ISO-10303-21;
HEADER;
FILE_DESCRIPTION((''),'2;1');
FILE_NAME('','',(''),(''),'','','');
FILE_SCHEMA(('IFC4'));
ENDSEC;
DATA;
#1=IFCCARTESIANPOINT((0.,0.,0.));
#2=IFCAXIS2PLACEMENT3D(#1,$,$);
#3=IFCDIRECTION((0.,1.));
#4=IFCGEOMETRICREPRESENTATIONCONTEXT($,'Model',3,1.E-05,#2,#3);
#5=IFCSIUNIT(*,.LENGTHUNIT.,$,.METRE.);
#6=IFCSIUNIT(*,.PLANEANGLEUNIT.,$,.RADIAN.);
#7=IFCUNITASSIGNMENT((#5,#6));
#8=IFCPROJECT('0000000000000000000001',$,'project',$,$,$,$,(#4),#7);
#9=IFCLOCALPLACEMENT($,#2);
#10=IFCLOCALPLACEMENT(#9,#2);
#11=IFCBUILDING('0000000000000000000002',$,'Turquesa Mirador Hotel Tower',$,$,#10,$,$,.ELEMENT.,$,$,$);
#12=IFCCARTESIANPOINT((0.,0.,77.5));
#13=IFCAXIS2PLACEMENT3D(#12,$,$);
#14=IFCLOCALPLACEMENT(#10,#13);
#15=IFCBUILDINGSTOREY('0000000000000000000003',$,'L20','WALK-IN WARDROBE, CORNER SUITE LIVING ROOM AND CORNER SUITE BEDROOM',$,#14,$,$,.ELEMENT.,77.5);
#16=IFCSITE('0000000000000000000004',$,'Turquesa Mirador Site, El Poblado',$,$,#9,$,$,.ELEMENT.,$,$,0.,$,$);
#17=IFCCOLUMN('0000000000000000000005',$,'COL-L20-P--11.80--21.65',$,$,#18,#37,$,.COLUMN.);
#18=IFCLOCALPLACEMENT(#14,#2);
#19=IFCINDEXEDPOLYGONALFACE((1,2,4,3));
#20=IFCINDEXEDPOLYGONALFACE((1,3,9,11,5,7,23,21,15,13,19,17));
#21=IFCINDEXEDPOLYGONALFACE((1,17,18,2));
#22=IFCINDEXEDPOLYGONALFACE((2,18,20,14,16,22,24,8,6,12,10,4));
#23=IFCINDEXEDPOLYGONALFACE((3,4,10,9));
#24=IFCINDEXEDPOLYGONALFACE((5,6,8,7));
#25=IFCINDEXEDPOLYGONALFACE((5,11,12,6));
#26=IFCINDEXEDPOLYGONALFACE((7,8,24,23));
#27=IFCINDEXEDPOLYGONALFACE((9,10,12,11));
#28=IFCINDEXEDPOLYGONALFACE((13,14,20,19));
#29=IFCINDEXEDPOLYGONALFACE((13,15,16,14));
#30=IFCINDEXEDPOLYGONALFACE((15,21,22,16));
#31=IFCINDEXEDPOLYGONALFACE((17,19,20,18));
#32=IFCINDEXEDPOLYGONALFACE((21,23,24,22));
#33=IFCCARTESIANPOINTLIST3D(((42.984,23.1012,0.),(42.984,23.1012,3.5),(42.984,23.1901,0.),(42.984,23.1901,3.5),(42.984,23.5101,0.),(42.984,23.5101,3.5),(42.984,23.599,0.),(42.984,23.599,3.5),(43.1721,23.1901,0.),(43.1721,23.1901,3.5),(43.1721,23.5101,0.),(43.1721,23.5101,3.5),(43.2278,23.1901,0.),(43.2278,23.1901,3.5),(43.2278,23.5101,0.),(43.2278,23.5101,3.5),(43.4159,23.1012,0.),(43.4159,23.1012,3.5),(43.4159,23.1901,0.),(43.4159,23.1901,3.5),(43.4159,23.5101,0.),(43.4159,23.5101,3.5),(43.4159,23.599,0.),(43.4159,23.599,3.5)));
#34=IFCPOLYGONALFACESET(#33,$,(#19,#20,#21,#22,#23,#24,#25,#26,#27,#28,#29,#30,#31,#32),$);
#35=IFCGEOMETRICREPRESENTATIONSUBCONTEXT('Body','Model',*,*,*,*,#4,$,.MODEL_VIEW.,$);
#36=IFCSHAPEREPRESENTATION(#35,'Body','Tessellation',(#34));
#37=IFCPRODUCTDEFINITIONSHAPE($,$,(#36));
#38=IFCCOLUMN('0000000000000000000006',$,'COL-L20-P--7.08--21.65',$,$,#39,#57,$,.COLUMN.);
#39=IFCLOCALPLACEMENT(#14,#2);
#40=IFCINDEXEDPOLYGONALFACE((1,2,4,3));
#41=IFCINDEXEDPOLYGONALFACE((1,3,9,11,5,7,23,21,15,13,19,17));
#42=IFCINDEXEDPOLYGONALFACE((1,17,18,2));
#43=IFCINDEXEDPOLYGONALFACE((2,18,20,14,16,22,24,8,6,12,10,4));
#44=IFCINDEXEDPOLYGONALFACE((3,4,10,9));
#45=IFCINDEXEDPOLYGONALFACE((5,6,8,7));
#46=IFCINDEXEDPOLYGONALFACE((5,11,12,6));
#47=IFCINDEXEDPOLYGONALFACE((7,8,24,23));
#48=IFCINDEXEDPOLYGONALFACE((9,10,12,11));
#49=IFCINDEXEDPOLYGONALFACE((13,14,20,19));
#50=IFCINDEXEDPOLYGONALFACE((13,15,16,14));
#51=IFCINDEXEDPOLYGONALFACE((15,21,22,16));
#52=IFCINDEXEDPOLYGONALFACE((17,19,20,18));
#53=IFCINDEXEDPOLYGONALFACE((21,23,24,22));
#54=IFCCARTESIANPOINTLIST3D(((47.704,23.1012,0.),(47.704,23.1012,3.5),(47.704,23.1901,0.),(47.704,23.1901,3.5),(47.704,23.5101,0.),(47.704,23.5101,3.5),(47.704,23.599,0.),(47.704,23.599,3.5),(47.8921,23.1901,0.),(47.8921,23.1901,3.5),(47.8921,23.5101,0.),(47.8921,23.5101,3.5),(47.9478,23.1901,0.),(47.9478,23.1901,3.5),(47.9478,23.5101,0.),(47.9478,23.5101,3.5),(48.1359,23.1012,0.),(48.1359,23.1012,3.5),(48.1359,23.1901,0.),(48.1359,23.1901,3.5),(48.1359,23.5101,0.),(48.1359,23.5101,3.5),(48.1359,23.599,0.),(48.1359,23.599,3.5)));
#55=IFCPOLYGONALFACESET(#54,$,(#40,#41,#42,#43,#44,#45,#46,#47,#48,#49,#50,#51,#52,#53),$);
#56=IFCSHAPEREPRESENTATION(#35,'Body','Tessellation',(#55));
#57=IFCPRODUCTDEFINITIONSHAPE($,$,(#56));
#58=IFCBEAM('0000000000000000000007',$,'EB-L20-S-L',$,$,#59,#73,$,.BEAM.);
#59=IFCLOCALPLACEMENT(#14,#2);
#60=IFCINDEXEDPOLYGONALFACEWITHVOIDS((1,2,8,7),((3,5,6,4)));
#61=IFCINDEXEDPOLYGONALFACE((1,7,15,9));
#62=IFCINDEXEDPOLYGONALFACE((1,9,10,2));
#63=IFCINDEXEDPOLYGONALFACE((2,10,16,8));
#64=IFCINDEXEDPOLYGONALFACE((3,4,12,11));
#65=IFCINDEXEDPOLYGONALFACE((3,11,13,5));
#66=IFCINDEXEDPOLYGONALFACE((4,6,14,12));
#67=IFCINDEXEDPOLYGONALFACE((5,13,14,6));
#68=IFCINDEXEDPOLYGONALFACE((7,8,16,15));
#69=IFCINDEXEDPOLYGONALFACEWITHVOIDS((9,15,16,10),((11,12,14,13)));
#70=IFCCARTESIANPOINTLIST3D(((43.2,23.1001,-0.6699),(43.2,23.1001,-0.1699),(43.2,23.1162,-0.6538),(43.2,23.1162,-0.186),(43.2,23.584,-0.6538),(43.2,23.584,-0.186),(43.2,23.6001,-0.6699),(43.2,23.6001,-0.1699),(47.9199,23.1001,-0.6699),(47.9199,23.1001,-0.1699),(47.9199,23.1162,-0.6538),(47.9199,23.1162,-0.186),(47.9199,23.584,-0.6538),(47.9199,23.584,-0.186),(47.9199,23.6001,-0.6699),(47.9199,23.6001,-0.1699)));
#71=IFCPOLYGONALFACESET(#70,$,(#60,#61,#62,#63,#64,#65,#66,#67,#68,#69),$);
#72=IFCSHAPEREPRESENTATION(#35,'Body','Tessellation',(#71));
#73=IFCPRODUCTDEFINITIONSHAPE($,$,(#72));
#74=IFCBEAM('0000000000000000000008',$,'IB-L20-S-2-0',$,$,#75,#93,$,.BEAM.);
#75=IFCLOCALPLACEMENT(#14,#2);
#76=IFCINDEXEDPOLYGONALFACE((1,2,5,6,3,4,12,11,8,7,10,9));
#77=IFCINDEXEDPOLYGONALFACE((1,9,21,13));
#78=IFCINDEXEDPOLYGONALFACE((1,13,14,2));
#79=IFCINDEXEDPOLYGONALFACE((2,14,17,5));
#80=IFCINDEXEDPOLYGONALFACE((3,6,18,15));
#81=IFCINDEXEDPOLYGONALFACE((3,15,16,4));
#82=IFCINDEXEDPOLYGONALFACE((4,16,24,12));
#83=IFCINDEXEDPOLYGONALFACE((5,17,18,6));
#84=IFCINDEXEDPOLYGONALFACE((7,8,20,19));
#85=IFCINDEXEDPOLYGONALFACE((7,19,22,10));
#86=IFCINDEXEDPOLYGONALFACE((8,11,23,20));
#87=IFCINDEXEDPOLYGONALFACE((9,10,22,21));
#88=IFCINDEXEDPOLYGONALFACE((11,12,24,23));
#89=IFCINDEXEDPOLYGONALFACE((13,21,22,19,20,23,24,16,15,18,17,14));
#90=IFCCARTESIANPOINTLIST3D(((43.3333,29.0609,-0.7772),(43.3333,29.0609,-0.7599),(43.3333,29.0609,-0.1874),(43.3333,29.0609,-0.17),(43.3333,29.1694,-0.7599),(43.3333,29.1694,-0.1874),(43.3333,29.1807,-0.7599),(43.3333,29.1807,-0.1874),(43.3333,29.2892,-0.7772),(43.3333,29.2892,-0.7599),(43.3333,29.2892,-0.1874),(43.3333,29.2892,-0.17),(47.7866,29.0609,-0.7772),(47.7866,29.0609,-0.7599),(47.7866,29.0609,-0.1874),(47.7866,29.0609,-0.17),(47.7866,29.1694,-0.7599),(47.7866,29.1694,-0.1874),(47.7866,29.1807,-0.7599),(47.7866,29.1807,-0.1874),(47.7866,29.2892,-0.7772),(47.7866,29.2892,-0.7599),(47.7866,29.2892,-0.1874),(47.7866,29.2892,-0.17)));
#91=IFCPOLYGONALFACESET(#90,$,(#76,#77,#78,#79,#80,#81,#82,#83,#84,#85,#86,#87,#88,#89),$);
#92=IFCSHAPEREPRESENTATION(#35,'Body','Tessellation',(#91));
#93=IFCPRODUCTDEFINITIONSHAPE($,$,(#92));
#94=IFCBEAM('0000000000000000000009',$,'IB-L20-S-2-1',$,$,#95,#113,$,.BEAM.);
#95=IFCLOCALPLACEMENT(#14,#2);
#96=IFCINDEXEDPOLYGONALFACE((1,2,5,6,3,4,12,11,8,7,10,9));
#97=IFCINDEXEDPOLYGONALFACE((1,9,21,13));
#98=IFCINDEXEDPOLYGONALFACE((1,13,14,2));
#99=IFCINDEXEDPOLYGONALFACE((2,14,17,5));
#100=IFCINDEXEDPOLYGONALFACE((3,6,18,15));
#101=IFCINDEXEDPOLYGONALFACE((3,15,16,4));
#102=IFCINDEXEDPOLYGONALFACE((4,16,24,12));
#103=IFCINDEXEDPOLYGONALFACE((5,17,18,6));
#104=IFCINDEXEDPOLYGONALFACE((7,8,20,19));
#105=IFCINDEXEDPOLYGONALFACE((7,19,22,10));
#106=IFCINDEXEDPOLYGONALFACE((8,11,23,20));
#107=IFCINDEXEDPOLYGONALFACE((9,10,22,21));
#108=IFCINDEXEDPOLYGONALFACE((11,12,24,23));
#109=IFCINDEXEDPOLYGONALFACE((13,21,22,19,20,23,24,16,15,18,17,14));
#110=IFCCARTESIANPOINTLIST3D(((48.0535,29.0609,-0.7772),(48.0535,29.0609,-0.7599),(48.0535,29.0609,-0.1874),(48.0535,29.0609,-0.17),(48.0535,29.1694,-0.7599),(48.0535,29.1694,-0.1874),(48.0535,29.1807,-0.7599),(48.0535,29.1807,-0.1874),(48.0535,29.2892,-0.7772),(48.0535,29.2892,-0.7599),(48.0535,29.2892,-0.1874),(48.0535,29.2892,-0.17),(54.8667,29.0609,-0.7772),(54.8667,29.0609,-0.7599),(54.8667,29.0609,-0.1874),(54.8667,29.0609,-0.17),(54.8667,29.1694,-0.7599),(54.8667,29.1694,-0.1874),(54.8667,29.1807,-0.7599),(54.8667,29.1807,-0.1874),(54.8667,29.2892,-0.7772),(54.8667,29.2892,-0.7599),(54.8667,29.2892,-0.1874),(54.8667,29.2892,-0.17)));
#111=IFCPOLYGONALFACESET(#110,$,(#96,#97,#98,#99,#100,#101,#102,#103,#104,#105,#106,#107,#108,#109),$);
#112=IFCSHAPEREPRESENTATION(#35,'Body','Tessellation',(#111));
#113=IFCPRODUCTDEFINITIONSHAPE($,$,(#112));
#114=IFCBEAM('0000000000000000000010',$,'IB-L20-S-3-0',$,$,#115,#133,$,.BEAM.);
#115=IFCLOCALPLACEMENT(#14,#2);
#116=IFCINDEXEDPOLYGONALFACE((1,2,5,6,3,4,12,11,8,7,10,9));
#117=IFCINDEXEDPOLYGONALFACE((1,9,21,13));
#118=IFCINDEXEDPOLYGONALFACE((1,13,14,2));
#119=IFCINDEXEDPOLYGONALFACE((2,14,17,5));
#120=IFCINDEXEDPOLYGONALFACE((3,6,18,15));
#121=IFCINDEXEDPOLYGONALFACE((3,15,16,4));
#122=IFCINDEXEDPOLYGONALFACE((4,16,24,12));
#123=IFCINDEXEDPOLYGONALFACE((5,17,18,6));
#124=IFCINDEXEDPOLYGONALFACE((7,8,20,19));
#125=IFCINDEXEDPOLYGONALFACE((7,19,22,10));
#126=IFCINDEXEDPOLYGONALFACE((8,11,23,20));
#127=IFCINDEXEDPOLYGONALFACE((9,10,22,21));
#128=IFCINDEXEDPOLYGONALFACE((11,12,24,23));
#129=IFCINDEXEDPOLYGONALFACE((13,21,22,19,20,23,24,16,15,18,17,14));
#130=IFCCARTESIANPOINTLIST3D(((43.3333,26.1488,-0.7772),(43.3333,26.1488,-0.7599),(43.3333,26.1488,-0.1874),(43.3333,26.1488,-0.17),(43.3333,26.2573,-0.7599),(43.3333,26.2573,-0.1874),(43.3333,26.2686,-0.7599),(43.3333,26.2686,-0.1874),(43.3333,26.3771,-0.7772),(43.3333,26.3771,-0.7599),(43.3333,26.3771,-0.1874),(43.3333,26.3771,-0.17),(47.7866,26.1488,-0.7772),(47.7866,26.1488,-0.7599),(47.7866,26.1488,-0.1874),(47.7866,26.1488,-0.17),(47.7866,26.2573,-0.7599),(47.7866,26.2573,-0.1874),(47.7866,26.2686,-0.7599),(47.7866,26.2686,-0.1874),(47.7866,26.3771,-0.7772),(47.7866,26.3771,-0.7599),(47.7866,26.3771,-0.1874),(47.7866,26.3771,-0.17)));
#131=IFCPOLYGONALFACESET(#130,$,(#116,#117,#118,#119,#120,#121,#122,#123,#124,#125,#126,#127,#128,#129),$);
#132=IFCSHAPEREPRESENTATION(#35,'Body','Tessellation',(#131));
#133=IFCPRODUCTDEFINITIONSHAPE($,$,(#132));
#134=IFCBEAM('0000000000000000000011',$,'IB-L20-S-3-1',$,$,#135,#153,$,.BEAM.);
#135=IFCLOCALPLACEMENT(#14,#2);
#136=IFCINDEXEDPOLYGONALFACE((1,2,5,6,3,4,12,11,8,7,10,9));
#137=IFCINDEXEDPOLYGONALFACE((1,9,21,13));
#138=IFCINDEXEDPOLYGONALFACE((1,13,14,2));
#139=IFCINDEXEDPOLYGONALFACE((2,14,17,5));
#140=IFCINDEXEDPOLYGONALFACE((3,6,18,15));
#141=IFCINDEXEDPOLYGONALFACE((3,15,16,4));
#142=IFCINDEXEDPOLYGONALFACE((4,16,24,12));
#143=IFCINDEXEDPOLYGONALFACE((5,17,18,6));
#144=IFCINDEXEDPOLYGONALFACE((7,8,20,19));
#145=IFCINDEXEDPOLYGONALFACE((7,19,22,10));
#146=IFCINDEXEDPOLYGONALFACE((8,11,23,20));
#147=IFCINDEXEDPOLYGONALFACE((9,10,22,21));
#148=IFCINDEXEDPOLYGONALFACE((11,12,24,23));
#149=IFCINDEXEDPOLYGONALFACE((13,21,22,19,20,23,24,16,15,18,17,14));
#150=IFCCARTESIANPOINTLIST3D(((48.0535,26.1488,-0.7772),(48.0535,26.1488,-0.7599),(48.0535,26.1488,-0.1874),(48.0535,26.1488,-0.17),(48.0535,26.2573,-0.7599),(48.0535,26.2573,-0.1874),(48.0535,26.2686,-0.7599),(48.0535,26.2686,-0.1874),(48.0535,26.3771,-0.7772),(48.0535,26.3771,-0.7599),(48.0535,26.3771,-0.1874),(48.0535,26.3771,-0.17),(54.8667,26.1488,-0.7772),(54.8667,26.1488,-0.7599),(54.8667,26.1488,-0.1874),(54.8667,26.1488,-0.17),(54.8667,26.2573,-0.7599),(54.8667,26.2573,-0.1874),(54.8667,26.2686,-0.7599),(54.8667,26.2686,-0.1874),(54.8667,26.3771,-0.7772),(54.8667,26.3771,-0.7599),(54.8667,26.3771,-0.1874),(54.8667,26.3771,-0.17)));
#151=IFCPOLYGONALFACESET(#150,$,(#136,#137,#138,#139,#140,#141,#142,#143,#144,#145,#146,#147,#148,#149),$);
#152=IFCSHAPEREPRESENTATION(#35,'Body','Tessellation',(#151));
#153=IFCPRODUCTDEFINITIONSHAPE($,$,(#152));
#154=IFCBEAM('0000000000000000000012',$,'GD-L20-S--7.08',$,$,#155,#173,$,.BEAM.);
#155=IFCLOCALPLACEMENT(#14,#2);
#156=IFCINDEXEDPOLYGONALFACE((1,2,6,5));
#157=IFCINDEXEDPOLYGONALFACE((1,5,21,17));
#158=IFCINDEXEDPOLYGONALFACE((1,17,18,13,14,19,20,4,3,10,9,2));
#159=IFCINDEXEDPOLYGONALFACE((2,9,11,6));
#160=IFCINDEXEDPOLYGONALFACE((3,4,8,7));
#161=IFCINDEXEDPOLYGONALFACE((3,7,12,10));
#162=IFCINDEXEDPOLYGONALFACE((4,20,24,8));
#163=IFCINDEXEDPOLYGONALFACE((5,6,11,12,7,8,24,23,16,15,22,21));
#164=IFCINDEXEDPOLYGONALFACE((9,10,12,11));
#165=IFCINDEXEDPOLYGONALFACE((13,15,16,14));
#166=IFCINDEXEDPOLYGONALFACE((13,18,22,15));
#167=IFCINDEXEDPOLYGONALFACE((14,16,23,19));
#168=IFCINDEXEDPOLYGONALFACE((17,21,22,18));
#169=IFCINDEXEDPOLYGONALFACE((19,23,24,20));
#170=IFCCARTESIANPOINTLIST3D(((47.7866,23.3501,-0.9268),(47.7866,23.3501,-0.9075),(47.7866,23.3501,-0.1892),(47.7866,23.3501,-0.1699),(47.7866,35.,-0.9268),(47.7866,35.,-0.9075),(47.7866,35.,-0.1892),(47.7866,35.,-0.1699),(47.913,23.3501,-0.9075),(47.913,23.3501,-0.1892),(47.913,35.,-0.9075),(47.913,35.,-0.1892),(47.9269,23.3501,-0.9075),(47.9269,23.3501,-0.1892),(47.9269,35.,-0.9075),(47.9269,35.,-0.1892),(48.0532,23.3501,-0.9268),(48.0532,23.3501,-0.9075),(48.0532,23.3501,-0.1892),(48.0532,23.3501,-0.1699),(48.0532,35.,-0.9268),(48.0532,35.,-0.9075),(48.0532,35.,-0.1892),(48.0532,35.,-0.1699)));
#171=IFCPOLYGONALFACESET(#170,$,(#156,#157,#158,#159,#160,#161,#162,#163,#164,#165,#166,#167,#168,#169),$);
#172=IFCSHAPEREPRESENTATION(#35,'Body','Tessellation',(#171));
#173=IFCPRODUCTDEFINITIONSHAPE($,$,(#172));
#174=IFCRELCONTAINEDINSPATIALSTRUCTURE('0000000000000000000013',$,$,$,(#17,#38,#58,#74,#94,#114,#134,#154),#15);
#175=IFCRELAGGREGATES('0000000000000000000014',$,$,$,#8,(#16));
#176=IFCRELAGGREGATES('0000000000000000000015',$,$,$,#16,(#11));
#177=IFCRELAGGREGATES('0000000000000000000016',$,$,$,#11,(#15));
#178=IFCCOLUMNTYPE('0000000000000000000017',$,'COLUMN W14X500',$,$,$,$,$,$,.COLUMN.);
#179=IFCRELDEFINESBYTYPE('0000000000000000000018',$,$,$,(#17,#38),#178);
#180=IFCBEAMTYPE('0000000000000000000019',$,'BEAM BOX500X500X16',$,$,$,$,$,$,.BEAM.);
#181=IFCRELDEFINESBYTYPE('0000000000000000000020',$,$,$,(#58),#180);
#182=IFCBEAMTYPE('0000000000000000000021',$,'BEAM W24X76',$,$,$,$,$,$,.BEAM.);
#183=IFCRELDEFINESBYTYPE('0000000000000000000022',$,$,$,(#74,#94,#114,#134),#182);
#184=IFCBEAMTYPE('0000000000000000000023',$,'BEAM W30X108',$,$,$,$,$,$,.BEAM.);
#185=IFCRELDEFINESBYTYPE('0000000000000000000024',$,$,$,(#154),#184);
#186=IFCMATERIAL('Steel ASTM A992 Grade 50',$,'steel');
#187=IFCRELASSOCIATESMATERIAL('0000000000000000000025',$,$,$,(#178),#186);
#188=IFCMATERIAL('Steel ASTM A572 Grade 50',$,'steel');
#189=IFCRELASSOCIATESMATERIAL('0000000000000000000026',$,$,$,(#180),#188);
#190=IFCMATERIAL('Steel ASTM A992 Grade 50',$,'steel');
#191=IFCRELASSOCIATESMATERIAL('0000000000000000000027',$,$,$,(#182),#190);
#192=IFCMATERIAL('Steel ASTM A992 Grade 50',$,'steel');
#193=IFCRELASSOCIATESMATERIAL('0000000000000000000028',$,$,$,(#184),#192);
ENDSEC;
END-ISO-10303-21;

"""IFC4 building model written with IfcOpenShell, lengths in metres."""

from ifc_helpers import new_model, si_unit, direction, frame, origin, origin_2d, place, context, subcontext, project, spatial, hollow_rectangle, i_section, extrude, material, material_profile, profile_set, type_object, element, save


model = new_model("IFC4")

# Units and contexts
model_context = context("Model", 3, precision=1e-05, world=origin(), true_north=direction((0.0, 1.0)))
body_context = subcontext(model_context, "Body", "Model", "MODEL_VIEW")
ifc_project = project(units=[si_unit("LENGTHUNIT", "METRE"), si_unit("PLANEANGLEUNIT", "RADIAN")], contexts=[model_context])

# Site, building, storey
site_placement = place(None, origin())
site = spatial("IfcSite", under=ifc_project, at=site_placement, Name="Turquesa Mirador Site, El Poblado", CompositionType="ELEMENT", RefElevation=0.0)
building_placement = place(site_placement, origin())
building = spatial("IfcBuilding", under=site, at=building_placement, Name="Turquesa Mirador Hotel Tower", CompositionType="ELEMENT")
storey_placement = place(building_placement, frame((0.0, 0.0, 77.5)))
storey = spatial("IfcBuildingStorey", under=building, at=storey_placement, Name="L20", Description="WALK-IN WARDROBE, CORNER SUITE LIVING ROOM AND CORNER SUITE BEDROOM", CompositionType="ELEMENT", Elevation=77.5)

# Columns
ifc_material_1 = material(Name="Steel ASTM A992 Grade 50", Category="steel")
ifc_material_profile_1 = material_profile(ifc_material_1, i_section(OverallWidth=0.4319, OverallDepth=0.4978, WebThickness=0.0557, FlangeThickness=0.0889, at=origin_2d()), Name="W14X500")
ifc_profile_set_1 = profile_set([ifc_material_profile_1], Name="Steel ASTM A992 Grade 50")
column_type = type_object("IfcColumnType", Name="COLUMN W14X500", PredefinedType="COLUMN", material=ifc_profile_set_1)
for number, where, z_axis, x_axis, name in (
    (1, (43.2, 23.3501, 0.0), (0.0, 0.0, 1.0), (1.0, 0.0, 0.0), "COL-L20-P--11.80--21.65"),
    (2, (47.9199, 23.3501, 0.0), (0.0, 0.0, 1.0), (1.0, 0.0, 0.0), "COL-L20-P--7.08--21.65"),
):
    element("IfcColumn", number, at=place(storey_placement, frame(where, z_axis=z_axis, x_axis=x_axis)), inside=storey, type_object=column_type, Name=name, PredefinedType="COLUMN", context=body_context, shape_type="SweptSolid", body=[
        extrude(i_section(OverallWidth=0.4319, OverallDepth=0.4978, WebThickness=0.0557, FlangeThickness=0.0889, at=origin_2d()), origin(), (0.0, 0.0, 1.0), 3.5),
    ])

# Beams
ifc_material_2 = material(Name="Steel ASTM A572 Grade 50", Category="steel")
ifc_material_profile_2 = material_profile(ifc_material_2, hollow_rectangle(XDim=0.5, YDim=0.5, WallThickness=0.0161, at=origin_2d()), Name="BOX500X500X16")
ifc_profile_set_2 = profile_set([ifc_material_profile_2], Name="Steel ASTM A572 Grade 50")
beam_type_1 = type_object("IfcBeamType", Name="BEAM BOX500X500X16", PredefinedType="BEAM", material=ifc_profile_set_2)
beam_1_placement = place(storey_placement, frame((43.2, 23.3501, -0.4199), z_axis=(1.0, 0.0, 0.0), x_axis=(0.0, 1.0, 0.0)))
element("IfcBeam", 3, at=beam_1_placement, inside=storey, type_object=beam_type_1, Name="EB-L20-S-L", PredefinedType="BEAM", context=body_context, shape_type="SweptSolid", body=[
    extrude(hollow_rectangle(XDim=0.5, YDim=0.5, WallThickness=0.0161, at=origin_2d()), origin(), (0.0, 0.0, 1.0), 4.72),
])
ifc_material_3 = material(Name="Steel ASTM A992 Grade 50", Category="steel")
ifc_material_profile_3 = material_profile(ifc_material_3, i_section(OverallWidth=0.2283, OverallDepth=0.6072, WebThickness=0.0112, FlangeThickness=0.0173, at=origin_2d()), Name="W24X76")
ifc_profile_set_3 = profile_set([ifc_material_profile_3], Name="Steel ASTM A992 Grade 50")
beam_type_2 = type_object("IfcBeamType", Name="BEAM W24X76", PredefinedType="BEAM", material=ifc_profile_set_3)
beam_2_placement = place(storey_placement, frame((43.3333, 29.175, -0.4736), z_axis=(1.0, 0.0, 0.0), x_axis=(0.0, 1.0, 0.0)))
element("IfcBeam", 4, at=beam_2_placement, inside=storey, type_object=beam_type_2, Name="IB-L20-S-2-0", PredefinedType="BEAM", context=body_context, shape_type="SweptSolid", body=[
    extrude(i_section(OverallWidth=0.2283, OverallDepth=0.6072, WebThickness=0.0112, FlangeThickness=0.0173, at=origin_2d()), origin(), (0.0, 0.0, 1.0), 4.4534),
])
beam_3_placement = place(storey_placement, frame((48.0535, 29.175, -0.4736), z_axis=(1.0, 0.0, 0.0), x_axis=(0.0, 1.0, 0.0)))
element("IfcBeam", 5, at=beam_3_placement, inside=storey, type_object=beam_type_2, Name="IB-L20-S-2-1", PredefinedType="BEAM", context=body_context, shape_type="SweptSolid", body=[
    extrude(i_section(OverallWidth=0.2283, OverallDepth=0.6072, WebThickness=0.0112, FlangeThickness=0.0173, at=origin_2d()), origin(), (0.0, 0.0, 1.0), 6.8132),
])
beam_4_placement = place(storey_placement, frame((43.3333, 26.2629, -0.4736), z_axis=(1.0, 0.0, 0.0), x_axis=(0.0, 1.0, 0.0)))
element("IfcBeam", 6, at=beam_4_placement, inside=storey, type_object=beam_type_2, Name="IB-L20-S-3-0", PredefinedType="BEAM", context=body_context, shape_type="SweptSolid", body=[
    extrude(i_section(OverallWidth=0.2283, OverallDepth=0.6072, WebThickness=0.0112, FlangeThickness=0.0173, at=origin_2d()), origin(), (0.0, 0.0, 1.0), 4.4534),
])
beam_5_placement = place(storey_placement, frame((48.0535, 26.2629, -0.4736), z_axis=(1.0, 0.0, 0.0), x_axis=(0.0, 1.0, 0.0)))
element("IfcBeam", 7, at=beam_5_placement, inside=storey, type_object=beam_type_2, Name="IB-L20-S-3-1", PredefinedType="BEAM", context=body_context, shape_type="SweptSolid", body=[
    extrude(i_section(OverallWidth=0.2283, OverallDepth=0.6072, WebThickness=0.0112, FlangeThickness=0.0173, at=origin_2d()), origin(), (0.0, 0.0, 1.0), 6.8132),
])
ifc_material_4 = material(Name="Steel ASTM A992 Grade 50", Category="steel")
ifc_material_profile_4 = material_profile(ifc_material_4, i_section(OverallWidth=0.2666, OverallDepth=0.7568, WebThickness=0.0139, FlangeThickness=0.0193, at=origin_2d()), Name="W30X108")
ifc_profile_set_4 = profile_set([ifc_material_profile_4], Name="Steel ASTM A992 Grade 50")
beam_type_3 = type_object("IfcBeamType", Name="BEAM W30X108", PredefinedType="BEAM", material=ifc_profile_set_4)
beam_6_placement = place(storey_placement, frame((47.9199, 23.3501, -0.5483), z_axis=(0.0, 1.0, 0.0), x_axis=(-1.0, 0.0, 0.0)))
element("IfcBeam", 8, at=beam_6_placement, inside=storey, type_object=beam_type_3, Name="GD-L20-S--7.08", PredefinedType="BEAM", context=body_context, shape_type="SweptSolid", body=[
    extrude(i_section(OverallWidth=0.2666, OverallDepth=0.7568, WebThickness=0.0139, FlangeThickness=0.0193, at=origin_2d()), origin(), (0.0, 0.0, 1.0), 11.6499),
])

save(model, "model.ifc")
